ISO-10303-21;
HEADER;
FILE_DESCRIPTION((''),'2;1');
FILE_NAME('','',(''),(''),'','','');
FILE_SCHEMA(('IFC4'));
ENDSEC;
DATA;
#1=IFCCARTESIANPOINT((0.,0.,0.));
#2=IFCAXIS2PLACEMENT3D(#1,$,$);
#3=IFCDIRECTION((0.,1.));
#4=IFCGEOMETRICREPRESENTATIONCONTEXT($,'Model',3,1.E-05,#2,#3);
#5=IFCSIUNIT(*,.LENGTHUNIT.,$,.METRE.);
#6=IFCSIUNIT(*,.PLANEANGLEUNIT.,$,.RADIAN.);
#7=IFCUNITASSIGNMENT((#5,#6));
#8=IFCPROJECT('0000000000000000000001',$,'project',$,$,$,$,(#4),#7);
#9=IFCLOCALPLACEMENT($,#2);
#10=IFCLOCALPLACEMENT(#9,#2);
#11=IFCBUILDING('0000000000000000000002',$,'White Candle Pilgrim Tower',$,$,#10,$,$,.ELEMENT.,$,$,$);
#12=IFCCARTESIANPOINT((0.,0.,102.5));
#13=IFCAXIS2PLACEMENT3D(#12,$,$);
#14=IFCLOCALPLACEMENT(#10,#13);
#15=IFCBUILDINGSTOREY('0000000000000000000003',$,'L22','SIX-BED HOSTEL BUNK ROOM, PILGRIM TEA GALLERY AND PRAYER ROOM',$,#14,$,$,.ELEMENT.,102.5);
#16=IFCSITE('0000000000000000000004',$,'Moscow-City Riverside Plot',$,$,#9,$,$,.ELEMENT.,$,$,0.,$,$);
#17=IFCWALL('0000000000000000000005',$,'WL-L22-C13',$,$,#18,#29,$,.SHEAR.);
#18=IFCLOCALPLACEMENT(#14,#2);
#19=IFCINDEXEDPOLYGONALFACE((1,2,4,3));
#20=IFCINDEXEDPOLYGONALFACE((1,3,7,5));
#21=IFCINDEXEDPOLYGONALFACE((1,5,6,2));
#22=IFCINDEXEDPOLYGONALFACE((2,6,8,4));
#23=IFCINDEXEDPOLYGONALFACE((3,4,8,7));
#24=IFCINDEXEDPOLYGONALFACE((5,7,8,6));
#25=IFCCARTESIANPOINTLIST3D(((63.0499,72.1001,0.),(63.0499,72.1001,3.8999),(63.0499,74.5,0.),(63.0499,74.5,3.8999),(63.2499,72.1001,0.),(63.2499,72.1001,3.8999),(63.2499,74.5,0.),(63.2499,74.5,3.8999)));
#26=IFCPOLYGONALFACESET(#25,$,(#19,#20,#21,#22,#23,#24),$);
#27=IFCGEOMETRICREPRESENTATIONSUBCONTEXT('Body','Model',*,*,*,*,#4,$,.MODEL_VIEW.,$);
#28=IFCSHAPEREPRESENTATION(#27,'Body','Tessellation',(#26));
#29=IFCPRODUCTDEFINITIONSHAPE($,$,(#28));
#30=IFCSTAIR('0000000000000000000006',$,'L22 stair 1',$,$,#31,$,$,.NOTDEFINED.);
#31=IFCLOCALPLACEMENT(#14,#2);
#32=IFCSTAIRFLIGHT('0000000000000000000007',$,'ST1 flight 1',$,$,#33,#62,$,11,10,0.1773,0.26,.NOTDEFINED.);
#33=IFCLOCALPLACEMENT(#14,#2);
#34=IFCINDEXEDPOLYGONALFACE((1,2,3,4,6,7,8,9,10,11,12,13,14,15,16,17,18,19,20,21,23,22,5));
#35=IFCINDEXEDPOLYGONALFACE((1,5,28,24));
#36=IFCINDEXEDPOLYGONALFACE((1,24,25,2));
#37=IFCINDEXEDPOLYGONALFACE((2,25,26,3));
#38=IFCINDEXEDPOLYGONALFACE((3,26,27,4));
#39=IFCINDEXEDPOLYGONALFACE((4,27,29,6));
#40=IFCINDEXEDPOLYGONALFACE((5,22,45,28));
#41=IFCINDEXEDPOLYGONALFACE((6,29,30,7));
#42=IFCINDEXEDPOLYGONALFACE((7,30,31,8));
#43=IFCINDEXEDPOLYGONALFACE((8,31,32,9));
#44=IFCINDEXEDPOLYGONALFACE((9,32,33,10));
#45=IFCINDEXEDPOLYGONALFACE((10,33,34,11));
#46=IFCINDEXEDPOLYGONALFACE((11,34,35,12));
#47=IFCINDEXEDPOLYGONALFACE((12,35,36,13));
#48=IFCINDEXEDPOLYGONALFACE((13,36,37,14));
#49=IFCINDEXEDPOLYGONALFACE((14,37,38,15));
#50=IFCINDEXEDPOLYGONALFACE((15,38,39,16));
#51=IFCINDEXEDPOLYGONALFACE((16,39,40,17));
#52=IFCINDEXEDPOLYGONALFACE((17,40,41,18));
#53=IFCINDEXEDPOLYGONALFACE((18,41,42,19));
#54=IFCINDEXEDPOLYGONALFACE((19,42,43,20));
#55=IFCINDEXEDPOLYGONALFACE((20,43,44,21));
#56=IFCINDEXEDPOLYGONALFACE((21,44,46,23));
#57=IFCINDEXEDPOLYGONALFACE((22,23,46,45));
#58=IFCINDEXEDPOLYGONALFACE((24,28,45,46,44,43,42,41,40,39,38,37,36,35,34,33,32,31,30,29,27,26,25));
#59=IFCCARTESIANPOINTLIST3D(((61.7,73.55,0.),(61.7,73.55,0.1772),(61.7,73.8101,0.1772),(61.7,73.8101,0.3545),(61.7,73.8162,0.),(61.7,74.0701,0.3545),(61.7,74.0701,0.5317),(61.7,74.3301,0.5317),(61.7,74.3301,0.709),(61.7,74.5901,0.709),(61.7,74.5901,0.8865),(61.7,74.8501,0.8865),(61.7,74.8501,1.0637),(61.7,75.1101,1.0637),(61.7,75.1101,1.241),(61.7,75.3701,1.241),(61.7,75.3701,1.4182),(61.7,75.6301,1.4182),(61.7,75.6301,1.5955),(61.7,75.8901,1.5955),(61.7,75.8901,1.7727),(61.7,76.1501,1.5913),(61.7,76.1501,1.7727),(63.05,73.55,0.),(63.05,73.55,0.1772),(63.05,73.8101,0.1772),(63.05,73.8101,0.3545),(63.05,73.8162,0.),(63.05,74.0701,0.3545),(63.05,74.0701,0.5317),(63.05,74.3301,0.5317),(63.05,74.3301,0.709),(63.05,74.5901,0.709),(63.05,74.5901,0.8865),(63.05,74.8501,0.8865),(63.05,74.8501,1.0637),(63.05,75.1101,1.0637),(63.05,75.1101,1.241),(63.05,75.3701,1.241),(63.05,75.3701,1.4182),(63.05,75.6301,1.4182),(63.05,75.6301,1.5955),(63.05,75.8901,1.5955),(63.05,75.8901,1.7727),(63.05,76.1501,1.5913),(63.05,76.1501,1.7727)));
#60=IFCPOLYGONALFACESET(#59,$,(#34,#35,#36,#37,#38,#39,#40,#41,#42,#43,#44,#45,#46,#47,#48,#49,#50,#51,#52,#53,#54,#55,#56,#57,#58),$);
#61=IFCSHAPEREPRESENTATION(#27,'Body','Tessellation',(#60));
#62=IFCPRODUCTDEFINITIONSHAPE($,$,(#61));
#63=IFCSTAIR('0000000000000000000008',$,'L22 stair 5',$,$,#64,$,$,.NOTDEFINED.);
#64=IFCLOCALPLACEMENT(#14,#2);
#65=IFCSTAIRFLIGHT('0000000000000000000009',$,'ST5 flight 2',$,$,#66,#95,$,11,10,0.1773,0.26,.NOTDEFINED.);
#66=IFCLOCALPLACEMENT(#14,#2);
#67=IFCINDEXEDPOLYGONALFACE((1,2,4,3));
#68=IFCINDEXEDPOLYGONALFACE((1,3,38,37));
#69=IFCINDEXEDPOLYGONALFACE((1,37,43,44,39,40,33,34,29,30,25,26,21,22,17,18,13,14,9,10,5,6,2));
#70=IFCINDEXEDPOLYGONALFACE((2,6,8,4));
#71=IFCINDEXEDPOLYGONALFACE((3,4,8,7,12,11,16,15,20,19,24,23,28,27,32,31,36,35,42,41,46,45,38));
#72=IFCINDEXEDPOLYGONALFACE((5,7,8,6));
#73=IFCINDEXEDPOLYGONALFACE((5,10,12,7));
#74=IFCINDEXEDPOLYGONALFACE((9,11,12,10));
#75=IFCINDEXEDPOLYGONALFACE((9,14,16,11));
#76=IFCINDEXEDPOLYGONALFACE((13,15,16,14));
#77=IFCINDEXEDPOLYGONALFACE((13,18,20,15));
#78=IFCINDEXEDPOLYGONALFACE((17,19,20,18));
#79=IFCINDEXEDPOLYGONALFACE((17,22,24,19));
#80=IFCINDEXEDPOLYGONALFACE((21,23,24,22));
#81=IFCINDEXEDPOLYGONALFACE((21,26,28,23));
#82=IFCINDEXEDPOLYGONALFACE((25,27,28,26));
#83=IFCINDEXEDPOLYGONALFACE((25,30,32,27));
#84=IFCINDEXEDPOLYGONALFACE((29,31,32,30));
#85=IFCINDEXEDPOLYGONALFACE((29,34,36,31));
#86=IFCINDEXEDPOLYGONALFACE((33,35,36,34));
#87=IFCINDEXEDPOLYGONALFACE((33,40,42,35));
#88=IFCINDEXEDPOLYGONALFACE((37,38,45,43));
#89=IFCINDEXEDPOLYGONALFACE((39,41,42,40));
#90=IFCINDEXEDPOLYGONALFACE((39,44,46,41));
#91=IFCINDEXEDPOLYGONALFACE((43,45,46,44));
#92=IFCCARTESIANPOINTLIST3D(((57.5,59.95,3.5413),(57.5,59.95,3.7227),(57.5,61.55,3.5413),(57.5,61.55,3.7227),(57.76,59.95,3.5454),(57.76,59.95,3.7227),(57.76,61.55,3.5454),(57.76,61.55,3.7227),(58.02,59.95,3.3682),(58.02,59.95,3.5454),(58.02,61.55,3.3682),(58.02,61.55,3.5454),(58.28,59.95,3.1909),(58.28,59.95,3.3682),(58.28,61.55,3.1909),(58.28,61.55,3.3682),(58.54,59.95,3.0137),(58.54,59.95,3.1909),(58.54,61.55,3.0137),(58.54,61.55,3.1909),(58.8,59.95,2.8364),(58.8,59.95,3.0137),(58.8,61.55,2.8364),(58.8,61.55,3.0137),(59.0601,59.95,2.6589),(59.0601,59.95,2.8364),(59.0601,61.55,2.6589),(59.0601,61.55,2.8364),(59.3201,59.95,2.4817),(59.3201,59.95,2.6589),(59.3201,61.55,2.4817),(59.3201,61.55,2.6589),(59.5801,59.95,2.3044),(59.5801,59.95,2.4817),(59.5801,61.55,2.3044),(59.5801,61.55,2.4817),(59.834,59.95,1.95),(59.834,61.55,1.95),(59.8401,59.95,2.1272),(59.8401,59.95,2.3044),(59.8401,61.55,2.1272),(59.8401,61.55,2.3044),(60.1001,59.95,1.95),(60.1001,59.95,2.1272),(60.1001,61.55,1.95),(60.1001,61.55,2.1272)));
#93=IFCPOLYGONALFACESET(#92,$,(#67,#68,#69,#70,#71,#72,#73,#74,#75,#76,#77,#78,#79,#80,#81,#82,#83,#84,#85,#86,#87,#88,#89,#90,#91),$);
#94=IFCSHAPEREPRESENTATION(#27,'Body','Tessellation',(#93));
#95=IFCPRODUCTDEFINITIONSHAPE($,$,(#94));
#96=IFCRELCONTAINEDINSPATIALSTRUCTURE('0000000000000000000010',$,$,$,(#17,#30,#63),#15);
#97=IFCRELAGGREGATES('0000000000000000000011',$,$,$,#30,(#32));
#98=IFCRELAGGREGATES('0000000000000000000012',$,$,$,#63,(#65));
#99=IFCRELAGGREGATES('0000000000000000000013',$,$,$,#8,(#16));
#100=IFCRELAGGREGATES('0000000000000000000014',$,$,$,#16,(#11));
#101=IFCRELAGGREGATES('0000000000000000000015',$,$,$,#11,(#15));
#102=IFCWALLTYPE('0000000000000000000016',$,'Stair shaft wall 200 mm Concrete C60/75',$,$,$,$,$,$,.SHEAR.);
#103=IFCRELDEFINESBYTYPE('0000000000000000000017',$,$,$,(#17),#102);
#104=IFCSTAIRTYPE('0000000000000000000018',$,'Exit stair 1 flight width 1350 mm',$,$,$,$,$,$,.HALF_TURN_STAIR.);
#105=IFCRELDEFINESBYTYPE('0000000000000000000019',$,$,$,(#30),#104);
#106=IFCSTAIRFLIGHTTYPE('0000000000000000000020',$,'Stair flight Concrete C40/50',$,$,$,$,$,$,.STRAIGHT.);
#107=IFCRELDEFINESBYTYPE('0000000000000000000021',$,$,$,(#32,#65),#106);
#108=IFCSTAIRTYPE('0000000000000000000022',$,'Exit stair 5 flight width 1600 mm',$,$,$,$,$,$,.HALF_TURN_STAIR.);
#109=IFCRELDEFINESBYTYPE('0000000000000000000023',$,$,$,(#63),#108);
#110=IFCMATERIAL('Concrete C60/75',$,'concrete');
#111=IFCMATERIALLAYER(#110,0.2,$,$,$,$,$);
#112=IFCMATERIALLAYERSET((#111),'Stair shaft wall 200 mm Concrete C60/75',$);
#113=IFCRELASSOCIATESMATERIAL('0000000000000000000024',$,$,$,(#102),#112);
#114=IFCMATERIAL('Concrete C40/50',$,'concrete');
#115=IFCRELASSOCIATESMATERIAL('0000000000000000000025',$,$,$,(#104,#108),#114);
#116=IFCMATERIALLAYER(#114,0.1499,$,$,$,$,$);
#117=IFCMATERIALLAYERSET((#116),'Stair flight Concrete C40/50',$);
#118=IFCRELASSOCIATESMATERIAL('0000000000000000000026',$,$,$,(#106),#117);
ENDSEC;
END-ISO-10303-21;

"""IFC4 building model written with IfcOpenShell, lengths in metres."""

from ifc_helpers import new_model, si_unit, direction, frame, frame_2d, origin, place, context, subcontext, project, spatial, polyline, rectangle, outline, extrude, material, layer, layer_set, type_object, element, aggregate, save


model = new_model("IFC4")

# Units and contexts
model_context = context("Model", 3, precision=1e-05, world=origin(), true_north=direction((0.0, 1.0)))
body_context = subcontext(model_context, "Body", "Model", "MODEL_VIEW")
ifc_project = project(units=[si_unit("LENGTHUNIT", "METRE"), si_unit("PLANEANGLEUNIT", "RADIAN")], contexts=[model_context])

# Site, building, storey
site_placement = place(None, origin())
site = spatial("IfcSite", under=ifc_project, at=site_placement, Name="Moscow-City Riverside Plot", CompositionType="ELEMENT", RefElevation=0.0)
building_placement = place(site_placement, origin())
building = spatial("IfcBuilding", under=site, at=building_placement, Name="White Candle Pilgrim Tower", CompositionType="ELEMENT")
storey_placement = place(building_placement, frame((0.0, 0.0, 102.5)))
storey = spatial("IfcBuildingStorey", under=building, at=storey_placement, Name="L22", Description="SIX-BED HOSTEL BUNK ROOM, PILGRIM TEA GALLERY AND PRAYER ROOM", CompositionType="ELEMENT", Elevation=102.5)

# Shared definitions
ifc_material_1 = material(Name="Concrete C60/75", Category="concrete")

# Wall
ifc_layer_1 = layer(ifc_material_1, 0.2)
ifc_layer_set_1 = layer_set([ifc_layer_1], Name="Stair shaft wall 200 mm Concrete C60/75")
wall_type_1 = type_object("IfcWallType", Name="Stair shaft wall 200 mm Concrete C60/75", PredefinedType="SHEAR", material=ifc_layer_set_1)
wall_1_placement = place(storey_placement, frame((63.1499, 72.1001, 0.0), z_axis=(0.0, 0.0, 1.0), x_axis=(0.0, 1.0, 0.0)))
element("IfcWall", 1, at=wall_1_placement, inside=storey, type_object=wall_type_1, Name="WL-L22-C13", PredefinedType="SHEAR", context=body_context, shape_type="SweptSolid", body=[
    extrude(rectangle(XDim=2.3999, YDim=0.2, at=frame_2d((1.2, 0.0))), origin(), (0.0, 0.0, 1.0), 3.8999),
])

# Stairs, stair flights
ifc_material_2 = material(Name="Concrete C40/50", Category="concrete")
stair_type_1 = type_object("IfcStairType", Name="Exit stair 1 flight width 1350 mm", PredefinedType="HALF_TURN_STAIR", material=ifc_material_2)
stair_1_placement = place(storey_placement, origin())
stair_1 = element("IfcStair", 2, at=stair_1_placement, inside=storey, type_object=stair_type_1, Name="L22 stair 1", PredefinedType="NOTDEFINED")
ifc_layer_2 = layer(ifc_material_2, 0.1499)
ifc_layer_set_2 = layer_set([ifc_layer_2], Name="Stair flight Concrete C40/50")
stair_flight_type = type_object("IfcStairFlightType", Name="Stair flight Concrete C40/50", PredefinedType="STRAIGHT", material=ifc_layer_set_2)
stair_flight_1_placement = place(storey_placement, frame((62.375, 73.55, 0.0), z_axis=(0.0, 0.0, 1.0), x_axis=(0.0, 1.0, 0.0)))
stair_flight_1 = element("IfcStairFlight", 3, at=stair_flight_1_placement, type_object=stair_flight_type, Name="ST1 flight 1", NumberOfRisers=11, NumberOfTreads=10, PredefinedType="NOTDEFINED", RiserHeight=0.1773, TreadLength=0.26, context=body_context, shape_type="SweptSolid", body=[
    extrude(outline(polyline([(0.0, 0.0), (0.0, 0.1772), (0.26, 0.1772), (0.26, 0.3545), (0.52, 0.3545), (0.52, 0.5317), (0.78, 0.5317), (0.78, 0.709), (1.04, 0.709), (1.04, 0.8865), (1.3, 0.8865), (1.3, 1.0637), (1.5601, 1.0637), (1.5601, 1.241), (1.8201, 1.241), (1.8201, 1.4182), (2.0801, 1.4182), (2.0801, 1.5955), (2.3401, 1.5955), (2.3401, 1.7727), (2.6001, 1.7727), (2.6001, 1.95), (2.6001, 1.5913), (0.2661, 0.0), (0.0, 0.0)])), frame((0.0, 0.675, 0.0), z_axis=(0.0, -1.0, 0.0), x_axis=(1.0, 0.0, 0.0)), (0.0, 0.0, 1.0), 1.3501),
])
aggregate(stair_1, [stair_flight_1])
stair_type_2 = type_object("IfcStairType", Name="Exit stair 5 flight width 1600 mm", PredefinedType="HALF_TURN_STAIR", material=ifc_material_2)
stair_2_placement = place(storey_placement, origin())
stair_2 = element("IfcStair", 4, at=stair_2_placement, inside=storey, type_object=stair_type_2, Name="L22 stair 5", PredefinedType="NOTDEFINED")
stair_flight_2_placement = place(storey_placement, frame((60.1001, 60.75, 1.95), z_axis=(0.0, 0.0, 1.0), x_axis=(-1.0, 0.0, 0.0)))
stair_flight_2 = element("IfcStairFlight", 5, at=stair_flight_2_placement, type_object=stair_flight_type, Name="ST5 flight 2", NumberOfRisers=11, NumberOfTreads=10, PredefinedType="NOTDEFINED", RiserHeight=0.1773, TreadLength=0.26, context=body_context, shape_type="SweptSolid", body=[
    extrude(outline(polyline([(0.0, 0.0), (0.0, 0.1772), (0.26, 0.1772), (0.26, 0.3545), (0.52, 0.3545), (0.52, 0.5317), (0.78, 0.5317), (0.78, 0.709), (1.04, 0.709), (1.04, 0.8865), (1.3, 0.8865), (1.3, 1.0637), (1.5601, 1.0637), (1.5601, 1.241), (1.8201, 1.241), (1.8201, 1.4182), (2.0801, 1.4182), (2.0801, 1.5955), (2.3401, 1.5955), (2.3401, 1.7727), (2.6001, 1.7727), (2.6001, 1.95), (2.6001, 1.5913), (0.2661, 0.0), (0.0, 0.0)])), frame((0.0, 0.8, 0.0), z_axis=(0.0, -1.0, 0.0), x_axis=(1.0, 0.0, 0.0)), (0.0, 0.0, 1.0), 1.6001),
])
aggregate(stair_2, [stair_flight_2])

save(model, "model.ifc")
